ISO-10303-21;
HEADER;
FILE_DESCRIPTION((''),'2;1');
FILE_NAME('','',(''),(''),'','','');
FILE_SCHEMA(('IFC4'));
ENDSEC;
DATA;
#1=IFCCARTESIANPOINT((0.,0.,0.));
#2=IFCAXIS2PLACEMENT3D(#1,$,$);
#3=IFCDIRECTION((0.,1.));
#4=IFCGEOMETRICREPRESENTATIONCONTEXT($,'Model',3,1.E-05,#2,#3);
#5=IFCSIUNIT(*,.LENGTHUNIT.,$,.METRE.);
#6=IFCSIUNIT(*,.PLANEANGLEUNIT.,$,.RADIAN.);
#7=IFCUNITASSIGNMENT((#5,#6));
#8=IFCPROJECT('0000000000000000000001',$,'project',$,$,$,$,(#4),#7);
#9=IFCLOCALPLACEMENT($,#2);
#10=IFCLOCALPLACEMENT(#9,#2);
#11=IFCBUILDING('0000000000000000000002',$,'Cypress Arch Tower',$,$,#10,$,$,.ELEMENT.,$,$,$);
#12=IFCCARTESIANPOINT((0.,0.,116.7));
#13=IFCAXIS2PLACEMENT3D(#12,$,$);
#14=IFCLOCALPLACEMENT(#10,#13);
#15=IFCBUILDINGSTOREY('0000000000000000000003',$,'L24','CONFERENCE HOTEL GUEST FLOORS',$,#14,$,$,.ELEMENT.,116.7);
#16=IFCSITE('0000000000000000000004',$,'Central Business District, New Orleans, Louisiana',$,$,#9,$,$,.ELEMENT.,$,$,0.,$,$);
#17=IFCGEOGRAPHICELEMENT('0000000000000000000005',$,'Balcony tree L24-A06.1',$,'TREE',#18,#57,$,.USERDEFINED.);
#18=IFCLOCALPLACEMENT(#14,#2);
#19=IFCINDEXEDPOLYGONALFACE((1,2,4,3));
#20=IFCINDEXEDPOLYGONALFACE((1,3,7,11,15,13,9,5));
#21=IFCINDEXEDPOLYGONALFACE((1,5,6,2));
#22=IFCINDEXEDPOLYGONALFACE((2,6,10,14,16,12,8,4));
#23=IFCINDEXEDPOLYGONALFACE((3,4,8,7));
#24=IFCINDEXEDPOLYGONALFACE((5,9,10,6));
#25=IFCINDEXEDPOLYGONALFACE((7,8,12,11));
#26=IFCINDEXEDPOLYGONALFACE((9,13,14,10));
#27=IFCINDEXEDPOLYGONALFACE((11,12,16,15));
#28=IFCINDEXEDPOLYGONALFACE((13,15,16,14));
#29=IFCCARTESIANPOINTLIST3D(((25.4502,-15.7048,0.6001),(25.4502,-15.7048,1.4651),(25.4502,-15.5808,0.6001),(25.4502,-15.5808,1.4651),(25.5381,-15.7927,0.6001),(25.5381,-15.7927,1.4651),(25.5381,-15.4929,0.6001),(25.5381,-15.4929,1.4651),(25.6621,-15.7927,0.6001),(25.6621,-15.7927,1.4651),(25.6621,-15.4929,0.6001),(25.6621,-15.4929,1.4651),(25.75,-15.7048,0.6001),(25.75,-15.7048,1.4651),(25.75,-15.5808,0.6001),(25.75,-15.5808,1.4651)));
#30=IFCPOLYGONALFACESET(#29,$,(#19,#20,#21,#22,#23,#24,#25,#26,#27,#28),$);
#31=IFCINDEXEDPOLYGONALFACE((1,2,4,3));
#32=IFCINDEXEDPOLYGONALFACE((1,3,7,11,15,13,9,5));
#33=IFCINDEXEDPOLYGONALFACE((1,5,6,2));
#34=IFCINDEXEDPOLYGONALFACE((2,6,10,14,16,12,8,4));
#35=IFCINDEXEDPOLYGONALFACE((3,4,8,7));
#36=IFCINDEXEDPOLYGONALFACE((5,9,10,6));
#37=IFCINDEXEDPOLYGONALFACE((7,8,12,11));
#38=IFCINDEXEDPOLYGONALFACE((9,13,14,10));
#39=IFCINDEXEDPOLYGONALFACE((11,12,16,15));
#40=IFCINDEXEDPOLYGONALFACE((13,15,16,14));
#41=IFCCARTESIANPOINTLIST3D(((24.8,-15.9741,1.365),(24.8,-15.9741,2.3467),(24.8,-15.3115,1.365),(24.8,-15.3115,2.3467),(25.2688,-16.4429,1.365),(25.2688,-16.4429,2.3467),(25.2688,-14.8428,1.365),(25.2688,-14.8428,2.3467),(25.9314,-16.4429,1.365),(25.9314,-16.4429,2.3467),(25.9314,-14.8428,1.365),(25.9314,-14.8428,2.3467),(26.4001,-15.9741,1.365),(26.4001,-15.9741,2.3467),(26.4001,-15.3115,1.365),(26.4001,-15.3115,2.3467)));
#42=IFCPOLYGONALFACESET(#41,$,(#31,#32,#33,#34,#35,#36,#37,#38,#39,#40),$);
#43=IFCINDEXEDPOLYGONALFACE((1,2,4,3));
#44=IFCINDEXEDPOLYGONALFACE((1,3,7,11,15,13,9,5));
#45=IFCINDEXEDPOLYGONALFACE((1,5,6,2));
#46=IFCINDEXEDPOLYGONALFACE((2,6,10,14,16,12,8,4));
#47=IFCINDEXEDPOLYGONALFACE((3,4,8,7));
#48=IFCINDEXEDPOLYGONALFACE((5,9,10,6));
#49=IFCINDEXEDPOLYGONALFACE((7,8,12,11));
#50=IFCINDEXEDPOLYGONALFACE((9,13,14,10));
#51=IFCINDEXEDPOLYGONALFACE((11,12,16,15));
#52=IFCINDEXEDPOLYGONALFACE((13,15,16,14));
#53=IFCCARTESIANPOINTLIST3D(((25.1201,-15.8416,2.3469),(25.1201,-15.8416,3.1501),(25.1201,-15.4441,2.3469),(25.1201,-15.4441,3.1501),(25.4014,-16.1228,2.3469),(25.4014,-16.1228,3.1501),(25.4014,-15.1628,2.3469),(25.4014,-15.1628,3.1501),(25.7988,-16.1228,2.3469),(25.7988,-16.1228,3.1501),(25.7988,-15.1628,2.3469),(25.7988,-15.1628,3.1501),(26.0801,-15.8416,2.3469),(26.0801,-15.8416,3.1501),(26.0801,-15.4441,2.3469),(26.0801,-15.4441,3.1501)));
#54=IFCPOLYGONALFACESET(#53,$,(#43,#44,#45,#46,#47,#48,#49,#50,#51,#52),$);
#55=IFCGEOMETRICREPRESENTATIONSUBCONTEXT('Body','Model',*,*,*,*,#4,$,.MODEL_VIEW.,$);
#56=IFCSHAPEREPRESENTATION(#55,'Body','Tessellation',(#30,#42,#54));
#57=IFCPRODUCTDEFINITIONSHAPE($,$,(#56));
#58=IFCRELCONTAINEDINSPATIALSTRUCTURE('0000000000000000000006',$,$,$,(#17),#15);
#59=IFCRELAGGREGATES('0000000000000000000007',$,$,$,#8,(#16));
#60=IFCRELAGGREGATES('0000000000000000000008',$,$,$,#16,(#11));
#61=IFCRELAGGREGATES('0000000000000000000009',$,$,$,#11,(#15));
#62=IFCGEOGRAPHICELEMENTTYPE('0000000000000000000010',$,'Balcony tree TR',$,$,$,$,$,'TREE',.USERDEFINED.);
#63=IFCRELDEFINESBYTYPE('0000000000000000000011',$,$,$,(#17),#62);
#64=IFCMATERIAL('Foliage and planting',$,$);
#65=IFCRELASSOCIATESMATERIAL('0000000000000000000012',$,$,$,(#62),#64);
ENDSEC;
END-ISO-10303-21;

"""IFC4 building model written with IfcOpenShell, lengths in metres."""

from ifc_helpers import new_model, si_unit, direction, frame, origin, place, context, subcontext, project, spatial, polyline, outline, extrude, material, type_object, element, save


model = new_model("IFC4")

# Units and contexts
model_context = context("Model", 3, precision=1e-05, world=origin(), true_north=direction((0.0, 1.0)))
body_context = subcontext(model_context, "Body", "Model", "MODEL_VIEW")
ifc_project = project(units=[si_unit("LENGTHUNIT", "METRE"), si_unit("PLANEANGLEUNIT", "RADIAN")], contexts=[model_context])

# Site, building, storey
site_placement = place(None, origin())
site = spatial("IfcSite", under=ifc_project, at=site_placement, Name="Central Business District, New Orleans, Louisiana", CompositionType="ELEMENT", RefElevation=0.0)
building_placement = place(site_placement, origin())
building = spatial("IfcBuilding", under=site, at=building_placement, Name="Cypress Arch Tower", CompositionType="ELEMENT")
storey_placement = place(building_placement, frame((0.0, 0.0, 116.7)))
storey = spatial("IfcBuildingStorey", under=building, at=storey_placement, Name="L24", Description="CONFERENCE HOTEL GUEST FLOORS", CompositionType="ELEMENT", Elevation=116.7)

# Geographic element
ifc_material_1 = material(Name="Foliage and planting")
geographic_element_type = type_object("IfcGeographicElementType", Name="Balcony tree TR", ElementType="TREE", PredefinedType="USERDEFINED", material=ifc_material_1)
geographic_element_placement = place(storey_placement, frame((25.6001, -15.6428, 0.6001), z_axis=(0.0, 0.0, 1.0), x_axis=(1.0, 0.0, 0.0)))
element("IfcGeographicElement", 1, at=geographic_element_placement, inside=storey, type_object=geographic_element_type, Name="Balcony tree L24-A06.1", ObjectType="TREE", PredefinedType="USERDEFINED", context=body_context, shape_type="SweptSolid", body=[
    extrude(outline(polyline([(0.1499, 0.062), (0.062, 0.1499), (-0.062, 0.1499), (-0.1499, 0.062), (-0.1499, -0.062), (-0.062, -0.1499), (0.062, -0.1499), (0.1499, -0.062), (0.1499, 0.062)])), origin(), (0.0, 0.0, 1.0), 0.865),
    extrude(outline(polyline([(0.8, 0.3313), (0.3313, 0.8), (-0.3313, 0.8), (-0.8, 0.3313), (-0.8, -0.3313), (-0.3313, -0.8), (0.3313, -0.8), (0.8, -0.3313), (0.8, 0.3313)])), frame((0.0, 0.0, 0.7649)), (0.0, 0.0, 1.0), 0.9817),
    extrude(outline(polyline([(0.48, 0.1987), (0.1987, 0.48), (-0.1987, 0.48), (-0.48, 0.1987), (-0.48, -0.1987), (-0.1987, -0.48), (0.1987, -0.48), (0.48, -0.1987), (0.48, 0.1987)])), frame((0.0, 0.0, 1.7468)), (0.0, 0.0, 1.0), 0.8032),
])

save(model, "model.ifc")
